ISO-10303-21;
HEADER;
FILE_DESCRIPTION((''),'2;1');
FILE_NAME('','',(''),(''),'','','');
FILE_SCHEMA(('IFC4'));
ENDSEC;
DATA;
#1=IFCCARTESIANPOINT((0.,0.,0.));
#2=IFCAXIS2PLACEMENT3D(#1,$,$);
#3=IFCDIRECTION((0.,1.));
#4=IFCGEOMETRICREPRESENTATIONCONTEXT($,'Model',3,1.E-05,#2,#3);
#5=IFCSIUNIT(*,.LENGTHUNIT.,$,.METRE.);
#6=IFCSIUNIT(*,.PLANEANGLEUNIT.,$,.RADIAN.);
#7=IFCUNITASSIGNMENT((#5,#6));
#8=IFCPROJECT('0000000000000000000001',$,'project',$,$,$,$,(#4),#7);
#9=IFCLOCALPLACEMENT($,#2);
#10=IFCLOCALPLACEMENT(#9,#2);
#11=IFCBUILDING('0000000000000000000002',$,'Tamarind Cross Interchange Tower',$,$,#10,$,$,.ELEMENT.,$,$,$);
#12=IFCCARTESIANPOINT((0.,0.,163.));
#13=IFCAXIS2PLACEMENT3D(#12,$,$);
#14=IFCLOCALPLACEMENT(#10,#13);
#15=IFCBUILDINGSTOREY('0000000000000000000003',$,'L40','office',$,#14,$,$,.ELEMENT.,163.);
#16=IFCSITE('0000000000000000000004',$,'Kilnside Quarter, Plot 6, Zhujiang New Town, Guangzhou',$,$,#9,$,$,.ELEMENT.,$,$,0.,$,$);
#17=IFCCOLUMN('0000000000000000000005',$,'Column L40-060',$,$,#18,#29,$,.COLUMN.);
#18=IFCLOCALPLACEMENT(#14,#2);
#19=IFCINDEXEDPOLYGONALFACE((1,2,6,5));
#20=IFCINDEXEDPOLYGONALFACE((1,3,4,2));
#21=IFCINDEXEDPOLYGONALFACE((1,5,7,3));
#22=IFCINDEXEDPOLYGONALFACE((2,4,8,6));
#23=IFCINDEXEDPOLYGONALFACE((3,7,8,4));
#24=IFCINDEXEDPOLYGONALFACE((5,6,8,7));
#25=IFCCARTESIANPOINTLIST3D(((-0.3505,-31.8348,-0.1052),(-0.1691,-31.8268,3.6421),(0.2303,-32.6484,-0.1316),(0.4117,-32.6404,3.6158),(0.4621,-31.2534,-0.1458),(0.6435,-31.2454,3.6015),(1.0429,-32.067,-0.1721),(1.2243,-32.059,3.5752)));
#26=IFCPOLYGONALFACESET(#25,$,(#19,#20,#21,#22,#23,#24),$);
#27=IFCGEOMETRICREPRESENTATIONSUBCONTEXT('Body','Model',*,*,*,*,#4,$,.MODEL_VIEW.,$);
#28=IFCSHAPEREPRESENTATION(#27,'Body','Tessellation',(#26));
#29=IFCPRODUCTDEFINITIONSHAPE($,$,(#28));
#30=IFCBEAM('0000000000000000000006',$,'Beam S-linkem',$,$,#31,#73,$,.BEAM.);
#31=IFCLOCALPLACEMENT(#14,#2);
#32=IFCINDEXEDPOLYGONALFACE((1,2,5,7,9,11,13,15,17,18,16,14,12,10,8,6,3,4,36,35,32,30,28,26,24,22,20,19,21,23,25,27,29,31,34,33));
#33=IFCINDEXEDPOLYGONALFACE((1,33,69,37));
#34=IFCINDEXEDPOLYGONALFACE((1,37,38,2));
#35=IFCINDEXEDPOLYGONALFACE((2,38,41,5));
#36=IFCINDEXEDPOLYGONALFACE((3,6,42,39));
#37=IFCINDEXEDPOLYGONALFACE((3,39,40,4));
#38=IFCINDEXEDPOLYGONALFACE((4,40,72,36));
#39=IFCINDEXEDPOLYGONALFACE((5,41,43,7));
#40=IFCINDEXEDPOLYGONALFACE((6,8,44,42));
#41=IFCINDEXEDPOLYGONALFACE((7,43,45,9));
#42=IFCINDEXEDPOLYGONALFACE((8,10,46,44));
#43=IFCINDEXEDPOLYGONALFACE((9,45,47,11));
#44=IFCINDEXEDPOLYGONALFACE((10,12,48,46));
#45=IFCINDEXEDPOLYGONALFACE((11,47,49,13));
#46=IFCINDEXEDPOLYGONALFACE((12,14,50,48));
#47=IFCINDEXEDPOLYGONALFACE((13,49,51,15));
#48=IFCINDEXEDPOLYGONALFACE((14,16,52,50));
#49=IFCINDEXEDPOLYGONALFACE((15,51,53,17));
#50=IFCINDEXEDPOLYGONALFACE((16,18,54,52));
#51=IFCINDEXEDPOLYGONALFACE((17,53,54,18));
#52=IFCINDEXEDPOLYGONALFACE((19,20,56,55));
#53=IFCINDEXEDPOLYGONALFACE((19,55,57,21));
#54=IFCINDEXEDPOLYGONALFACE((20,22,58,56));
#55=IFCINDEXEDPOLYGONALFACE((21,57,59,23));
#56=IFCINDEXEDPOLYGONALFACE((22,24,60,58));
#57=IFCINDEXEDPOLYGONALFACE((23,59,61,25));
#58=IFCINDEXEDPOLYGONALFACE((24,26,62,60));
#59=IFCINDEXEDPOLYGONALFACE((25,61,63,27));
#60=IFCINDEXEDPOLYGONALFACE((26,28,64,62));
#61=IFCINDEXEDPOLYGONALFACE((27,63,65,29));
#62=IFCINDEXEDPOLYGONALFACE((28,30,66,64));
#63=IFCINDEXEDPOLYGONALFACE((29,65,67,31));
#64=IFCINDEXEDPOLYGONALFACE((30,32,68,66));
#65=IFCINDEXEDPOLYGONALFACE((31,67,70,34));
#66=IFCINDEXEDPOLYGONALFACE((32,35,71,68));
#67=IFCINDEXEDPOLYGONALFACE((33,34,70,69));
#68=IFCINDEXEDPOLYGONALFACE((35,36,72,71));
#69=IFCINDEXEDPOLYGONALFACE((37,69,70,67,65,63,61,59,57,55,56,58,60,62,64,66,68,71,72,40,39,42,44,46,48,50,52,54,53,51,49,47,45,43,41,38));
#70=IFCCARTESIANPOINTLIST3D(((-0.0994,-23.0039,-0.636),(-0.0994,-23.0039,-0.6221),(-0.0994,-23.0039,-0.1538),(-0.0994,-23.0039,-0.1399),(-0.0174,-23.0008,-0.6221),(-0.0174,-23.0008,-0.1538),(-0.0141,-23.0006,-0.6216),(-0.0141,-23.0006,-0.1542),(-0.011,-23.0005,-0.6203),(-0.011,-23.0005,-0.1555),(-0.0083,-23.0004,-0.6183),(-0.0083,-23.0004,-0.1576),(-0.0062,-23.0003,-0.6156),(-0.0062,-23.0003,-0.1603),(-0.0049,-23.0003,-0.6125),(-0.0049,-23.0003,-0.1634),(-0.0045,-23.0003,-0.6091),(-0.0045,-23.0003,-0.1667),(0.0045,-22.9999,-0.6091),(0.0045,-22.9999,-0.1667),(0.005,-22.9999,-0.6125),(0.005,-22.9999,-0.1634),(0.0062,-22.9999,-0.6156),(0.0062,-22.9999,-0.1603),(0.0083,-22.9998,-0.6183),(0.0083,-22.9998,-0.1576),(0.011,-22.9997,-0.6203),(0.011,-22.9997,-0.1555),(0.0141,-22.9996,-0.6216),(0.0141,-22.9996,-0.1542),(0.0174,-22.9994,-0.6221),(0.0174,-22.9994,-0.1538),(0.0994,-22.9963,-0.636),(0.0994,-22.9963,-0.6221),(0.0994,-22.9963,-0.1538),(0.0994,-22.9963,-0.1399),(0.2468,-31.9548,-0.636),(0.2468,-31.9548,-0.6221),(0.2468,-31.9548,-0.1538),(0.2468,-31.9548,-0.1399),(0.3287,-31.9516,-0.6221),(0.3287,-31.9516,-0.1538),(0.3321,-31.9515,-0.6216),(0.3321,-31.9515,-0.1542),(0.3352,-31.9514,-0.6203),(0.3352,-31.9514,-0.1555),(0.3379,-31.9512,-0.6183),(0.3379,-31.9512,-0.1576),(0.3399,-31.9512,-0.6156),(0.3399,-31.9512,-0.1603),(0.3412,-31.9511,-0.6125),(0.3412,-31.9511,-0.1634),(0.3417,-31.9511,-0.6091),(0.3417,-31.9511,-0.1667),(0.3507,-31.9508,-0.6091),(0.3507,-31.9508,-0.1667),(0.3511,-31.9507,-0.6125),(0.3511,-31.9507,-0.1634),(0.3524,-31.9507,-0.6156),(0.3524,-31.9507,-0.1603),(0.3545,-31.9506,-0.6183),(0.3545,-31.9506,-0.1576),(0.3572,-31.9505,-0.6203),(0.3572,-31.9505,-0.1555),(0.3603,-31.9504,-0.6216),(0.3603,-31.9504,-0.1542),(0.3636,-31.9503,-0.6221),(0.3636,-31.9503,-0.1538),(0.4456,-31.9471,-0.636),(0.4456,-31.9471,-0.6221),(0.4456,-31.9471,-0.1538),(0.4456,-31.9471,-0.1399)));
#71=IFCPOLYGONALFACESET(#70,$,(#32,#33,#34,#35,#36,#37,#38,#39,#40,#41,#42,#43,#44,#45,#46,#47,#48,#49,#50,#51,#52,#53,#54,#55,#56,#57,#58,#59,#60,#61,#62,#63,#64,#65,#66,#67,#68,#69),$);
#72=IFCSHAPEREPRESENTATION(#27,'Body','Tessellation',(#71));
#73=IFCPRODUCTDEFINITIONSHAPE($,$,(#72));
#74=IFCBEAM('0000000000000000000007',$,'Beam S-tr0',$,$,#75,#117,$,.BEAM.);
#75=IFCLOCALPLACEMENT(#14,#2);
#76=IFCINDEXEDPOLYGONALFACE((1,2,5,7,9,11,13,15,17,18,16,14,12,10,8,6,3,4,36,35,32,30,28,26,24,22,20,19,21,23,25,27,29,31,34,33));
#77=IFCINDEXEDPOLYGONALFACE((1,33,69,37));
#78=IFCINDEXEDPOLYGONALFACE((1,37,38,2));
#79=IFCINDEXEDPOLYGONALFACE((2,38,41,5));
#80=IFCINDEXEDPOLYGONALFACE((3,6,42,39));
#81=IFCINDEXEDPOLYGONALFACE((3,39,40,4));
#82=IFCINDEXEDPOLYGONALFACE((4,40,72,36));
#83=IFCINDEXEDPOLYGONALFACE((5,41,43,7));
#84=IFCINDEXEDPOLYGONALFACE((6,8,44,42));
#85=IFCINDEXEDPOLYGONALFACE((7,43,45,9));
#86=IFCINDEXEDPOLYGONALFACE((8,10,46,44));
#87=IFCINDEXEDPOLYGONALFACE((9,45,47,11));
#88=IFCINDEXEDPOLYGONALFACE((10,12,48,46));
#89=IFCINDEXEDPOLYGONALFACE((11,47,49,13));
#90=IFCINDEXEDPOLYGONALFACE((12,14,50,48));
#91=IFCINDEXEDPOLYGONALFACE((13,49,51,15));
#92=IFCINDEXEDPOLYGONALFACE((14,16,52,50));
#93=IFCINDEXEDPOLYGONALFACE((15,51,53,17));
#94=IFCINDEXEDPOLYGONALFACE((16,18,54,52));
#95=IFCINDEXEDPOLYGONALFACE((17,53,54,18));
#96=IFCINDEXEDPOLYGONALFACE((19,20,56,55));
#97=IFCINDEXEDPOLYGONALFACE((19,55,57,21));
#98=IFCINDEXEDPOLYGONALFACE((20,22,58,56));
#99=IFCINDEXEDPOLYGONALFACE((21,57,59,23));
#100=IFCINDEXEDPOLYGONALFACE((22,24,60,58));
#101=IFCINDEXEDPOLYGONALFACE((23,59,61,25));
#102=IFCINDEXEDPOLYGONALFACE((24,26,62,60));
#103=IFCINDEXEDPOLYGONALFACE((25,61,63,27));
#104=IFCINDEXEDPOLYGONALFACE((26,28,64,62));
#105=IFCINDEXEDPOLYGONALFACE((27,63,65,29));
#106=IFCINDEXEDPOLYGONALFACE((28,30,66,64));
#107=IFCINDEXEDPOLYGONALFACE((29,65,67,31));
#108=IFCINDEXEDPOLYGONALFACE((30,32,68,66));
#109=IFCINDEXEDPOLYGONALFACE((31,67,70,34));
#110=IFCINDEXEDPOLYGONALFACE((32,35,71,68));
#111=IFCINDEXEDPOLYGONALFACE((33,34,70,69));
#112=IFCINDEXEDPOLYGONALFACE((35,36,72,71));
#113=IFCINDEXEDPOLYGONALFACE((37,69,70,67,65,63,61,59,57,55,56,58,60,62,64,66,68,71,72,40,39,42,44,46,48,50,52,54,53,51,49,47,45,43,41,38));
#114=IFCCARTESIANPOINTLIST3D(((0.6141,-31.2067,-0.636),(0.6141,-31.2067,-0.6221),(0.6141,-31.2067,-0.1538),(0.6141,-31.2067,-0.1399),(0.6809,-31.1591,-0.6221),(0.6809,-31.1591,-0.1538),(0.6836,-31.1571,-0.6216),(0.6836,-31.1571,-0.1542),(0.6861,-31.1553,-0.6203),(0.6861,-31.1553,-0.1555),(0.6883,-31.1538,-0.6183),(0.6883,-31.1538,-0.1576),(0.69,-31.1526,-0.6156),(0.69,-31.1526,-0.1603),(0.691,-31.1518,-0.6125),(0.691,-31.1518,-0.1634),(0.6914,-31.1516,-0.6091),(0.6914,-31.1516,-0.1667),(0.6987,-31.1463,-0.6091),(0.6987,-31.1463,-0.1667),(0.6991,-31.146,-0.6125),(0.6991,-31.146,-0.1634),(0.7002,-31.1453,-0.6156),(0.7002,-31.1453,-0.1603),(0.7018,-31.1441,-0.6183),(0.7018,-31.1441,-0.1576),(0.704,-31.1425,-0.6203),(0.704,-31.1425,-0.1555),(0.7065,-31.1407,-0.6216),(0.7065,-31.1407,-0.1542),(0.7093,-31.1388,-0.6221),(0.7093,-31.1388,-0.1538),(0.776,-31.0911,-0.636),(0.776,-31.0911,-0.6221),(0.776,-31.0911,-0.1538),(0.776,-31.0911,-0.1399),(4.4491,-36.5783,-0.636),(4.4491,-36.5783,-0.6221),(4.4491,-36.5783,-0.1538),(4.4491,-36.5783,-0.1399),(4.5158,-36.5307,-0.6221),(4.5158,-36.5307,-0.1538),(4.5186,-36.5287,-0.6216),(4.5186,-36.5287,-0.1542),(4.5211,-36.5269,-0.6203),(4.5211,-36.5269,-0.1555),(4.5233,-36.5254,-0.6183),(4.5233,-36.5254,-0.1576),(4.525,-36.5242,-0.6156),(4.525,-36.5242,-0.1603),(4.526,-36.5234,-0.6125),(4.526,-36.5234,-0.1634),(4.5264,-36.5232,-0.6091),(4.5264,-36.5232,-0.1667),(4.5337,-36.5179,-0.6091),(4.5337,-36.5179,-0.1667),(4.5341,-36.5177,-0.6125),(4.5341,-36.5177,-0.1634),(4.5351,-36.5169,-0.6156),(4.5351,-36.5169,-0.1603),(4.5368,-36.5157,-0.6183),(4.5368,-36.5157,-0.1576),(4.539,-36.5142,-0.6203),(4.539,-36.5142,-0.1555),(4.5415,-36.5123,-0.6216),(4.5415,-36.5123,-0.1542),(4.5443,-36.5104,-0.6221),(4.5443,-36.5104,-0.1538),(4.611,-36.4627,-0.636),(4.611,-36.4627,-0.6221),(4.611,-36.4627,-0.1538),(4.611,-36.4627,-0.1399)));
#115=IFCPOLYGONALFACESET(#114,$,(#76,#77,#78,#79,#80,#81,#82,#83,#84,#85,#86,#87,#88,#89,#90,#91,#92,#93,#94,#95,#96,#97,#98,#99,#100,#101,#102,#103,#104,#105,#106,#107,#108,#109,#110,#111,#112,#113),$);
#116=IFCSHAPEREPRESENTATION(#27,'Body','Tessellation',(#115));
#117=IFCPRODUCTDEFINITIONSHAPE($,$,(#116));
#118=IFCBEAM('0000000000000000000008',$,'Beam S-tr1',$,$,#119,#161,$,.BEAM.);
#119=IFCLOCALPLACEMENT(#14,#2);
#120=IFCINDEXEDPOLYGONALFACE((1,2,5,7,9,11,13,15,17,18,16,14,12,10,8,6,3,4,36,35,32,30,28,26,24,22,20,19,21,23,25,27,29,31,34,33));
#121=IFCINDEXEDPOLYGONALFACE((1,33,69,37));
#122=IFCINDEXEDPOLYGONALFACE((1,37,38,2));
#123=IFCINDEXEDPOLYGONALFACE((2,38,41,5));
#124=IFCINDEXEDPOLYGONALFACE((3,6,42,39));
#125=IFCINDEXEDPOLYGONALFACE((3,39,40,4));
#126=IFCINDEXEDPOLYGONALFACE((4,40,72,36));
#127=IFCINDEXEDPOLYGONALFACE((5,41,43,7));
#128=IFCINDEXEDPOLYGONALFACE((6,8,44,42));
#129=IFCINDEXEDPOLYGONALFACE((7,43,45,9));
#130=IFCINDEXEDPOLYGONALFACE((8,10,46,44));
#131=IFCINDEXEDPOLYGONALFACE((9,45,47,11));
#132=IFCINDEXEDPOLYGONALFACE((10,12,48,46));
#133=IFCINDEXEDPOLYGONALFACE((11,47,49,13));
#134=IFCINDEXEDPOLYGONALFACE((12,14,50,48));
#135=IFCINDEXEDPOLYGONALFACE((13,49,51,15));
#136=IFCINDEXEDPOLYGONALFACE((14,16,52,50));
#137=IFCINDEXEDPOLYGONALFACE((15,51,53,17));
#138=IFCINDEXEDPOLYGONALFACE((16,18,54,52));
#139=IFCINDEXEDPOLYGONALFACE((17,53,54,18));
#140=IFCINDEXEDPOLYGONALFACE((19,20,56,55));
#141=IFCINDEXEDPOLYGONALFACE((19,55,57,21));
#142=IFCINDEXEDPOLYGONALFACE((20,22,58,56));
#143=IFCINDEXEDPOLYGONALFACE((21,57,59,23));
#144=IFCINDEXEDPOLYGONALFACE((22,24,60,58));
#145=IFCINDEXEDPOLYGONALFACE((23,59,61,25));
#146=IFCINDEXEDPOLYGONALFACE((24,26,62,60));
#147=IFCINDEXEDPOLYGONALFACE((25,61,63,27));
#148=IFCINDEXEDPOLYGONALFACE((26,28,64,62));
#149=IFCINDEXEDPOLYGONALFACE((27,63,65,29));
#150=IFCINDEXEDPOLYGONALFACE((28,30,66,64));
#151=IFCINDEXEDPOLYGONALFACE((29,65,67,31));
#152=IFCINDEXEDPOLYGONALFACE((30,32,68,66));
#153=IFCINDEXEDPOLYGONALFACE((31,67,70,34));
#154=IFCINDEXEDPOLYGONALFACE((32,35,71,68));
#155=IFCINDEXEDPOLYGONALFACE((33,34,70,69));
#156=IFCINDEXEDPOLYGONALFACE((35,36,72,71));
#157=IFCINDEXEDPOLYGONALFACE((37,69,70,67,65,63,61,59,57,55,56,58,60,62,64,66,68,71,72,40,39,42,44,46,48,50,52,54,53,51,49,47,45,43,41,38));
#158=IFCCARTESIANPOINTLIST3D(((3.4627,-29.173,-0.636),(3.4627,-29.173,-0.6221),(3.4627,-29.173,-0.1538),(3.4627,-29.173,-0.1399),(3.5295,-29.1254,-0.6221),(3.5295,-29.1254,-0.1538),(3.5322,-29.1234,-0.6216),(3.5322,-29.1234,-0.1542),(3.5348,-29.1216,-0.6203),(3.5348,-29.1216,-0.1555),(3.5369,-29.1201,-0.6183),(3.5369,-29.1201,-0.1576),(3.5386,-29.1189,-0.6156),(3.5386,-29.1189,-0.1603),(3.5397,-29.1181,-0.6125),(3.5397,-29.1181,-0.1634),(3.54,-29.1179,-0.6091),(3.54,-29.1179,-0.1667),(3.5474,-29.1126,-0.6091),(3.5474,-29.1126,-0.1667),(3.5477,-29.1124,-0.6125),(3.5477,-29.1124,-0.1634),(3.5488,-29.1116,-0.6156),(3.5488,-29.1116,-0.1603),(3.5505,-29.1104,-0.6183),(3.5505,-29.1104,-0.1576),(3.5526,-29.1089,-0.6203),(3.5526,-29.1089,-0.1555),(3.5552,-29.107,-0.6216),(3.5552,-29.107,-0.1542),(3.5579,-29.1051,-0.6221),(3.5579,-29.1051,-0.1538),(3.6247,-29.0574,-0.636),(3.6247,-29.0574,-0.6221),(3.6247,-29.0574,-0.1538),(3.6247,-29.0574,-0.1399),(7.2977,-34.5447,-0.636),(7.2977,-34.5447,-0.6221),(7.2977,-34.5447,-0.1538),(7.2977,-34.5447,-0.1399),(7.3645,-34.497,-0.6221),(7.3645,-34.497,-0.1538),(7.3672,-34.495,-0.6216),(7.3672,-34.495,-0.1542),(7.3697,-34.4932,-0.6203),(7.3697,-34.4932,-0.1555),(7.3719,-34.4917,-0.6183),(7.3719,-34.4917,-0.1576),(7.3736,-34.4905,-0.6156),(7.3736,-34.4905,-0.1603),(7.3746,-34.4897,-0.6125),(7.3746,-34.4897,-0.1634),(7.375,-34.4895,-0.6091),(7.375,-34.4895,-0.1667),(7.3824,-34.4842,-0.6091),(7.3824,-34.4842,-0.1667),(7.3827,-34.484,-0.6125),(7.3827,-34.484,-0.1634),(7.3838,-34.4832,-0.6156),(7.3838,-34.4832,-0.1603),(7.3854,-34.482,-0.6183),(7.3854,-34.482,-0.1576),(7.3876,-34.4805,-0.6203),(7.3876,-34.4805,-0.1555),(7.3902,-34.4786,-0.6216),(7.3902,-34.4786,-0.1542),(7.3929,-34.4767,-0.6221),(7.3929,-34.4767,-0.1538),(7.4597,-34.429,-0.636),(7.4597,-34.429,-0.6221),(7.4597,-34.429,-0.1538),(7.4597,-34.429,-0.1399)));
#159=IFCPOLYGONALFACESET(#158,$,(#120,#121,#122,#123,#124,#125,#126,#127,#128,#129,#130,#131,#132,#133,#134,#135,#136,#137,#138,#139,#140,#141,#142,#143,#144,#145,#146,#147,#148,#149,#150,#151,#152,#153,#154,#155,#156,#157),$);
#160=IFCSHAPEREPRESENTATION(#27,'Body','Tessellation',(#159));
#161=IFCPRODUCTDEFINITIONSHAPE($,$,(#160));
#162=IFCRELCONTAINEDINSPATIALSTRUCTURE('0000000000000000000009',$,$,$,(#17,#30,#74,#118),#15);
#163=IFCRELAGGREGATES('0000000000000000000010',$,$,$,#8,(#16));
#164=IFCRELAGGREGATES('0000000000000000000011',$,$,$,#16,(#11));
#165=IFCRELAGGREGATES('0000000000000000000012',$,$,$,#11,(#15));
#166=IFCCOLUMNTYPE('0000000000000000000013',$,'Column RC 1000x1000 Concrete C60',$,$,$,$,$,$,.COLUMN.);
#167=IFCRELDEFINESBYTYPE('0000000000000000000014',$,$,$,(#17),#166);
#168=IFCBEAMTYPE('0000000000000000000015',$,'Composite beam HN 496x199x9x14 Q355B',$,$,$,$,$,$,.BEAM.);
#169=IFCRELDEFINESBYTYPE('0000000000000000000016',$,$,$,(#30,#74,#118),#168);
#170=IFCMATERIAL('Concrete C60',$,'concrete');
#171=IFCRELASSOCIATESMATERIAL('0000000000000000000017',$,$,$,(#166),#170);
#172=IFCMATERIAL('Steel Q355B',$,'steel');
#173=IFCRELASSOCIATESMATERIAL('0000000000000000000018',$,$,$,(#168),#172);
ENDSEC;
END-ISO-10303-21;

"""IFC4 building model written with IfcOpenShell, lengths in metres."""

from ifc_helpers import new_model, si_unit, direction, frame, origin, origin_2d, place, context, subcontext, project, spatial, rectangle, i_section, extrude, material, material_profile, profile_set, type_object, element, save


model = new_model("IFC4")

# Units and contexts
model_context = context("Model", 3, precision=1e-05, world=origin(), true_north=direction((0.0, 1.0)))
body_context = subcontext(model_context, "Body", "Model", "MODEL_VIEW")
ifc_project = project(units=[si_unit("LENGTHUNIT", "METRE"), si_unit("PLANEANGLEUNIT", "RADIAN")], contexts=[model_context])

# Site, building, storey
site_placement = place(None, origin())
site = spatial("IfcSite", under=ifc_project, at=site_placement, Name="Kilnside Quarter, Plot 6, Zhujiang New Town, Guangzhou", CompositionType="ELEMENT", RefElevation=0.0)
building_placement = place(site_placement, origin())
building = spatial("IfcBuilding", under=site, at=building_placement, Name="Tamarind Cross Interchange Tower", CompositionType="ELEMENT")
storey_placement = place(building_placement, frame((0.0, 0.0, 163.0)))
storey = spatial("IfcBuildingStorey", under=building, at=storey_placement, Name="L40", Description="office", CompositionType="ELEMENT", Elevation=163.0)

# Column
ifc_material_1 = material(Name="Concrete C60", Category="concrete")
ifc_material_profile_1 = material_profile(ifc_material_1, rectangle(XDim=1.0, YDim=1.0, at=origin_2d()), Name="RC 1000x1000")
ifc_profile_set_1 = profile_set([ifc_material_profile_1], Name="Concrete C60")
column_type = type_object("IfcColumnType", Name="Column RC 1000x1000 Concrete C60", PredefinedType="COLUMN", material=ifc_profile_set_1)
column_placement = place(storey_placement, frame((0.3462, -31.9509, -0.1387), z_axis=(0.04835, 0.002147, 0.998828), x_axis=(-0.580792, 0.813625, 0.026365)))
element("IfcColumn", 1, at=column_placement, inside=storey, type_object=column_type, Name="Column L40-060", PredefinedType="COLUMN", context=body_context, shape_type="SweptSolid", body=[
    extrude(rectangle(XDim=1.0, YDim=1.0, at=origin_2d()), origin(), (0.0, 0.0, 1.0), 3.7517),
])

# Beams
ifc_material_2 = material(Name="Steel Q355B", Category="steel")
ifc_material_profile_2 = material_profile(ifc_material_2, i_section(OverallWidth=0.199, OverallDepth=0.4961, WebThickness=0.009, FlangeThickness=0.0139, FilletRadius=0.0129, at=origin_2d()), Name="HN 496x199x9x14")
ifc_profile_set_2 = profile_set([ifc_material_profile_2], Name="Steel Q355B")
beam_type_1 = type_object("IfcBeamType", Name="Composite beam HN 496x199x9x14 Q355B", PredefinedType="BEAM", material=ifc_profile_set_2)
beam_1_placement = place(storey_placement, frame((0.3462, -31.9509, -0.3879), z_axis=(-0.038648, 0.999253, 0.0), x_axis=(-0.999253, -0.038648, 0.0)))
element("IfcBeam", 2, at=beam_1_placement, inside=storey, type_object=beam_type_1, Name="Beam S-linkem", PredefinedType="BEAM", context=body_context, shape_type="SweptSolid", body=[
    extrude(i_section(OverallWidth=0.199, OverallDepth=0.4961, WebThickness=0.009, FlangeThickness=0.0139, FilletRadius=0.0129, at=origin_2d()), origin(), (0.0, 0.0, 1.0), 8.9575),
])
for number, where, z_axis, x_axis, name in (
    (3, (0.6951, -31.1489, -0.3879), (0.581049, -0.813868, 0.0), (0.813868, 0.581049, 0.0), "Beam S-tr0"),
    (4, (3.5437, -29.1152, -0.3879), (0.581049, -0.813868, 0.0), (0.813868, 0.581049, 0.0), "Beam S-tr1"),
):
    element("IfcBeam", number, at=place(storey_placement, frame(where, z_axis=z_axis, x_axis=x_axis)), inside=storey, type_object=beam_type_1, Name=name, PredefinedType="BEAM", context=body_context, shape_type="SweptSolid", body=[
        extrude(i_section(OverallWidth=0.199, OverallDepth=0.4961, WebThickness=0.009, FlangeThickness=0.0139, FilletRadius=0.0129, at=origin_2d()), origin(), (0.0, 0.0, 1.0), 6.6001),
    ])

save(model, "model.ifc")
